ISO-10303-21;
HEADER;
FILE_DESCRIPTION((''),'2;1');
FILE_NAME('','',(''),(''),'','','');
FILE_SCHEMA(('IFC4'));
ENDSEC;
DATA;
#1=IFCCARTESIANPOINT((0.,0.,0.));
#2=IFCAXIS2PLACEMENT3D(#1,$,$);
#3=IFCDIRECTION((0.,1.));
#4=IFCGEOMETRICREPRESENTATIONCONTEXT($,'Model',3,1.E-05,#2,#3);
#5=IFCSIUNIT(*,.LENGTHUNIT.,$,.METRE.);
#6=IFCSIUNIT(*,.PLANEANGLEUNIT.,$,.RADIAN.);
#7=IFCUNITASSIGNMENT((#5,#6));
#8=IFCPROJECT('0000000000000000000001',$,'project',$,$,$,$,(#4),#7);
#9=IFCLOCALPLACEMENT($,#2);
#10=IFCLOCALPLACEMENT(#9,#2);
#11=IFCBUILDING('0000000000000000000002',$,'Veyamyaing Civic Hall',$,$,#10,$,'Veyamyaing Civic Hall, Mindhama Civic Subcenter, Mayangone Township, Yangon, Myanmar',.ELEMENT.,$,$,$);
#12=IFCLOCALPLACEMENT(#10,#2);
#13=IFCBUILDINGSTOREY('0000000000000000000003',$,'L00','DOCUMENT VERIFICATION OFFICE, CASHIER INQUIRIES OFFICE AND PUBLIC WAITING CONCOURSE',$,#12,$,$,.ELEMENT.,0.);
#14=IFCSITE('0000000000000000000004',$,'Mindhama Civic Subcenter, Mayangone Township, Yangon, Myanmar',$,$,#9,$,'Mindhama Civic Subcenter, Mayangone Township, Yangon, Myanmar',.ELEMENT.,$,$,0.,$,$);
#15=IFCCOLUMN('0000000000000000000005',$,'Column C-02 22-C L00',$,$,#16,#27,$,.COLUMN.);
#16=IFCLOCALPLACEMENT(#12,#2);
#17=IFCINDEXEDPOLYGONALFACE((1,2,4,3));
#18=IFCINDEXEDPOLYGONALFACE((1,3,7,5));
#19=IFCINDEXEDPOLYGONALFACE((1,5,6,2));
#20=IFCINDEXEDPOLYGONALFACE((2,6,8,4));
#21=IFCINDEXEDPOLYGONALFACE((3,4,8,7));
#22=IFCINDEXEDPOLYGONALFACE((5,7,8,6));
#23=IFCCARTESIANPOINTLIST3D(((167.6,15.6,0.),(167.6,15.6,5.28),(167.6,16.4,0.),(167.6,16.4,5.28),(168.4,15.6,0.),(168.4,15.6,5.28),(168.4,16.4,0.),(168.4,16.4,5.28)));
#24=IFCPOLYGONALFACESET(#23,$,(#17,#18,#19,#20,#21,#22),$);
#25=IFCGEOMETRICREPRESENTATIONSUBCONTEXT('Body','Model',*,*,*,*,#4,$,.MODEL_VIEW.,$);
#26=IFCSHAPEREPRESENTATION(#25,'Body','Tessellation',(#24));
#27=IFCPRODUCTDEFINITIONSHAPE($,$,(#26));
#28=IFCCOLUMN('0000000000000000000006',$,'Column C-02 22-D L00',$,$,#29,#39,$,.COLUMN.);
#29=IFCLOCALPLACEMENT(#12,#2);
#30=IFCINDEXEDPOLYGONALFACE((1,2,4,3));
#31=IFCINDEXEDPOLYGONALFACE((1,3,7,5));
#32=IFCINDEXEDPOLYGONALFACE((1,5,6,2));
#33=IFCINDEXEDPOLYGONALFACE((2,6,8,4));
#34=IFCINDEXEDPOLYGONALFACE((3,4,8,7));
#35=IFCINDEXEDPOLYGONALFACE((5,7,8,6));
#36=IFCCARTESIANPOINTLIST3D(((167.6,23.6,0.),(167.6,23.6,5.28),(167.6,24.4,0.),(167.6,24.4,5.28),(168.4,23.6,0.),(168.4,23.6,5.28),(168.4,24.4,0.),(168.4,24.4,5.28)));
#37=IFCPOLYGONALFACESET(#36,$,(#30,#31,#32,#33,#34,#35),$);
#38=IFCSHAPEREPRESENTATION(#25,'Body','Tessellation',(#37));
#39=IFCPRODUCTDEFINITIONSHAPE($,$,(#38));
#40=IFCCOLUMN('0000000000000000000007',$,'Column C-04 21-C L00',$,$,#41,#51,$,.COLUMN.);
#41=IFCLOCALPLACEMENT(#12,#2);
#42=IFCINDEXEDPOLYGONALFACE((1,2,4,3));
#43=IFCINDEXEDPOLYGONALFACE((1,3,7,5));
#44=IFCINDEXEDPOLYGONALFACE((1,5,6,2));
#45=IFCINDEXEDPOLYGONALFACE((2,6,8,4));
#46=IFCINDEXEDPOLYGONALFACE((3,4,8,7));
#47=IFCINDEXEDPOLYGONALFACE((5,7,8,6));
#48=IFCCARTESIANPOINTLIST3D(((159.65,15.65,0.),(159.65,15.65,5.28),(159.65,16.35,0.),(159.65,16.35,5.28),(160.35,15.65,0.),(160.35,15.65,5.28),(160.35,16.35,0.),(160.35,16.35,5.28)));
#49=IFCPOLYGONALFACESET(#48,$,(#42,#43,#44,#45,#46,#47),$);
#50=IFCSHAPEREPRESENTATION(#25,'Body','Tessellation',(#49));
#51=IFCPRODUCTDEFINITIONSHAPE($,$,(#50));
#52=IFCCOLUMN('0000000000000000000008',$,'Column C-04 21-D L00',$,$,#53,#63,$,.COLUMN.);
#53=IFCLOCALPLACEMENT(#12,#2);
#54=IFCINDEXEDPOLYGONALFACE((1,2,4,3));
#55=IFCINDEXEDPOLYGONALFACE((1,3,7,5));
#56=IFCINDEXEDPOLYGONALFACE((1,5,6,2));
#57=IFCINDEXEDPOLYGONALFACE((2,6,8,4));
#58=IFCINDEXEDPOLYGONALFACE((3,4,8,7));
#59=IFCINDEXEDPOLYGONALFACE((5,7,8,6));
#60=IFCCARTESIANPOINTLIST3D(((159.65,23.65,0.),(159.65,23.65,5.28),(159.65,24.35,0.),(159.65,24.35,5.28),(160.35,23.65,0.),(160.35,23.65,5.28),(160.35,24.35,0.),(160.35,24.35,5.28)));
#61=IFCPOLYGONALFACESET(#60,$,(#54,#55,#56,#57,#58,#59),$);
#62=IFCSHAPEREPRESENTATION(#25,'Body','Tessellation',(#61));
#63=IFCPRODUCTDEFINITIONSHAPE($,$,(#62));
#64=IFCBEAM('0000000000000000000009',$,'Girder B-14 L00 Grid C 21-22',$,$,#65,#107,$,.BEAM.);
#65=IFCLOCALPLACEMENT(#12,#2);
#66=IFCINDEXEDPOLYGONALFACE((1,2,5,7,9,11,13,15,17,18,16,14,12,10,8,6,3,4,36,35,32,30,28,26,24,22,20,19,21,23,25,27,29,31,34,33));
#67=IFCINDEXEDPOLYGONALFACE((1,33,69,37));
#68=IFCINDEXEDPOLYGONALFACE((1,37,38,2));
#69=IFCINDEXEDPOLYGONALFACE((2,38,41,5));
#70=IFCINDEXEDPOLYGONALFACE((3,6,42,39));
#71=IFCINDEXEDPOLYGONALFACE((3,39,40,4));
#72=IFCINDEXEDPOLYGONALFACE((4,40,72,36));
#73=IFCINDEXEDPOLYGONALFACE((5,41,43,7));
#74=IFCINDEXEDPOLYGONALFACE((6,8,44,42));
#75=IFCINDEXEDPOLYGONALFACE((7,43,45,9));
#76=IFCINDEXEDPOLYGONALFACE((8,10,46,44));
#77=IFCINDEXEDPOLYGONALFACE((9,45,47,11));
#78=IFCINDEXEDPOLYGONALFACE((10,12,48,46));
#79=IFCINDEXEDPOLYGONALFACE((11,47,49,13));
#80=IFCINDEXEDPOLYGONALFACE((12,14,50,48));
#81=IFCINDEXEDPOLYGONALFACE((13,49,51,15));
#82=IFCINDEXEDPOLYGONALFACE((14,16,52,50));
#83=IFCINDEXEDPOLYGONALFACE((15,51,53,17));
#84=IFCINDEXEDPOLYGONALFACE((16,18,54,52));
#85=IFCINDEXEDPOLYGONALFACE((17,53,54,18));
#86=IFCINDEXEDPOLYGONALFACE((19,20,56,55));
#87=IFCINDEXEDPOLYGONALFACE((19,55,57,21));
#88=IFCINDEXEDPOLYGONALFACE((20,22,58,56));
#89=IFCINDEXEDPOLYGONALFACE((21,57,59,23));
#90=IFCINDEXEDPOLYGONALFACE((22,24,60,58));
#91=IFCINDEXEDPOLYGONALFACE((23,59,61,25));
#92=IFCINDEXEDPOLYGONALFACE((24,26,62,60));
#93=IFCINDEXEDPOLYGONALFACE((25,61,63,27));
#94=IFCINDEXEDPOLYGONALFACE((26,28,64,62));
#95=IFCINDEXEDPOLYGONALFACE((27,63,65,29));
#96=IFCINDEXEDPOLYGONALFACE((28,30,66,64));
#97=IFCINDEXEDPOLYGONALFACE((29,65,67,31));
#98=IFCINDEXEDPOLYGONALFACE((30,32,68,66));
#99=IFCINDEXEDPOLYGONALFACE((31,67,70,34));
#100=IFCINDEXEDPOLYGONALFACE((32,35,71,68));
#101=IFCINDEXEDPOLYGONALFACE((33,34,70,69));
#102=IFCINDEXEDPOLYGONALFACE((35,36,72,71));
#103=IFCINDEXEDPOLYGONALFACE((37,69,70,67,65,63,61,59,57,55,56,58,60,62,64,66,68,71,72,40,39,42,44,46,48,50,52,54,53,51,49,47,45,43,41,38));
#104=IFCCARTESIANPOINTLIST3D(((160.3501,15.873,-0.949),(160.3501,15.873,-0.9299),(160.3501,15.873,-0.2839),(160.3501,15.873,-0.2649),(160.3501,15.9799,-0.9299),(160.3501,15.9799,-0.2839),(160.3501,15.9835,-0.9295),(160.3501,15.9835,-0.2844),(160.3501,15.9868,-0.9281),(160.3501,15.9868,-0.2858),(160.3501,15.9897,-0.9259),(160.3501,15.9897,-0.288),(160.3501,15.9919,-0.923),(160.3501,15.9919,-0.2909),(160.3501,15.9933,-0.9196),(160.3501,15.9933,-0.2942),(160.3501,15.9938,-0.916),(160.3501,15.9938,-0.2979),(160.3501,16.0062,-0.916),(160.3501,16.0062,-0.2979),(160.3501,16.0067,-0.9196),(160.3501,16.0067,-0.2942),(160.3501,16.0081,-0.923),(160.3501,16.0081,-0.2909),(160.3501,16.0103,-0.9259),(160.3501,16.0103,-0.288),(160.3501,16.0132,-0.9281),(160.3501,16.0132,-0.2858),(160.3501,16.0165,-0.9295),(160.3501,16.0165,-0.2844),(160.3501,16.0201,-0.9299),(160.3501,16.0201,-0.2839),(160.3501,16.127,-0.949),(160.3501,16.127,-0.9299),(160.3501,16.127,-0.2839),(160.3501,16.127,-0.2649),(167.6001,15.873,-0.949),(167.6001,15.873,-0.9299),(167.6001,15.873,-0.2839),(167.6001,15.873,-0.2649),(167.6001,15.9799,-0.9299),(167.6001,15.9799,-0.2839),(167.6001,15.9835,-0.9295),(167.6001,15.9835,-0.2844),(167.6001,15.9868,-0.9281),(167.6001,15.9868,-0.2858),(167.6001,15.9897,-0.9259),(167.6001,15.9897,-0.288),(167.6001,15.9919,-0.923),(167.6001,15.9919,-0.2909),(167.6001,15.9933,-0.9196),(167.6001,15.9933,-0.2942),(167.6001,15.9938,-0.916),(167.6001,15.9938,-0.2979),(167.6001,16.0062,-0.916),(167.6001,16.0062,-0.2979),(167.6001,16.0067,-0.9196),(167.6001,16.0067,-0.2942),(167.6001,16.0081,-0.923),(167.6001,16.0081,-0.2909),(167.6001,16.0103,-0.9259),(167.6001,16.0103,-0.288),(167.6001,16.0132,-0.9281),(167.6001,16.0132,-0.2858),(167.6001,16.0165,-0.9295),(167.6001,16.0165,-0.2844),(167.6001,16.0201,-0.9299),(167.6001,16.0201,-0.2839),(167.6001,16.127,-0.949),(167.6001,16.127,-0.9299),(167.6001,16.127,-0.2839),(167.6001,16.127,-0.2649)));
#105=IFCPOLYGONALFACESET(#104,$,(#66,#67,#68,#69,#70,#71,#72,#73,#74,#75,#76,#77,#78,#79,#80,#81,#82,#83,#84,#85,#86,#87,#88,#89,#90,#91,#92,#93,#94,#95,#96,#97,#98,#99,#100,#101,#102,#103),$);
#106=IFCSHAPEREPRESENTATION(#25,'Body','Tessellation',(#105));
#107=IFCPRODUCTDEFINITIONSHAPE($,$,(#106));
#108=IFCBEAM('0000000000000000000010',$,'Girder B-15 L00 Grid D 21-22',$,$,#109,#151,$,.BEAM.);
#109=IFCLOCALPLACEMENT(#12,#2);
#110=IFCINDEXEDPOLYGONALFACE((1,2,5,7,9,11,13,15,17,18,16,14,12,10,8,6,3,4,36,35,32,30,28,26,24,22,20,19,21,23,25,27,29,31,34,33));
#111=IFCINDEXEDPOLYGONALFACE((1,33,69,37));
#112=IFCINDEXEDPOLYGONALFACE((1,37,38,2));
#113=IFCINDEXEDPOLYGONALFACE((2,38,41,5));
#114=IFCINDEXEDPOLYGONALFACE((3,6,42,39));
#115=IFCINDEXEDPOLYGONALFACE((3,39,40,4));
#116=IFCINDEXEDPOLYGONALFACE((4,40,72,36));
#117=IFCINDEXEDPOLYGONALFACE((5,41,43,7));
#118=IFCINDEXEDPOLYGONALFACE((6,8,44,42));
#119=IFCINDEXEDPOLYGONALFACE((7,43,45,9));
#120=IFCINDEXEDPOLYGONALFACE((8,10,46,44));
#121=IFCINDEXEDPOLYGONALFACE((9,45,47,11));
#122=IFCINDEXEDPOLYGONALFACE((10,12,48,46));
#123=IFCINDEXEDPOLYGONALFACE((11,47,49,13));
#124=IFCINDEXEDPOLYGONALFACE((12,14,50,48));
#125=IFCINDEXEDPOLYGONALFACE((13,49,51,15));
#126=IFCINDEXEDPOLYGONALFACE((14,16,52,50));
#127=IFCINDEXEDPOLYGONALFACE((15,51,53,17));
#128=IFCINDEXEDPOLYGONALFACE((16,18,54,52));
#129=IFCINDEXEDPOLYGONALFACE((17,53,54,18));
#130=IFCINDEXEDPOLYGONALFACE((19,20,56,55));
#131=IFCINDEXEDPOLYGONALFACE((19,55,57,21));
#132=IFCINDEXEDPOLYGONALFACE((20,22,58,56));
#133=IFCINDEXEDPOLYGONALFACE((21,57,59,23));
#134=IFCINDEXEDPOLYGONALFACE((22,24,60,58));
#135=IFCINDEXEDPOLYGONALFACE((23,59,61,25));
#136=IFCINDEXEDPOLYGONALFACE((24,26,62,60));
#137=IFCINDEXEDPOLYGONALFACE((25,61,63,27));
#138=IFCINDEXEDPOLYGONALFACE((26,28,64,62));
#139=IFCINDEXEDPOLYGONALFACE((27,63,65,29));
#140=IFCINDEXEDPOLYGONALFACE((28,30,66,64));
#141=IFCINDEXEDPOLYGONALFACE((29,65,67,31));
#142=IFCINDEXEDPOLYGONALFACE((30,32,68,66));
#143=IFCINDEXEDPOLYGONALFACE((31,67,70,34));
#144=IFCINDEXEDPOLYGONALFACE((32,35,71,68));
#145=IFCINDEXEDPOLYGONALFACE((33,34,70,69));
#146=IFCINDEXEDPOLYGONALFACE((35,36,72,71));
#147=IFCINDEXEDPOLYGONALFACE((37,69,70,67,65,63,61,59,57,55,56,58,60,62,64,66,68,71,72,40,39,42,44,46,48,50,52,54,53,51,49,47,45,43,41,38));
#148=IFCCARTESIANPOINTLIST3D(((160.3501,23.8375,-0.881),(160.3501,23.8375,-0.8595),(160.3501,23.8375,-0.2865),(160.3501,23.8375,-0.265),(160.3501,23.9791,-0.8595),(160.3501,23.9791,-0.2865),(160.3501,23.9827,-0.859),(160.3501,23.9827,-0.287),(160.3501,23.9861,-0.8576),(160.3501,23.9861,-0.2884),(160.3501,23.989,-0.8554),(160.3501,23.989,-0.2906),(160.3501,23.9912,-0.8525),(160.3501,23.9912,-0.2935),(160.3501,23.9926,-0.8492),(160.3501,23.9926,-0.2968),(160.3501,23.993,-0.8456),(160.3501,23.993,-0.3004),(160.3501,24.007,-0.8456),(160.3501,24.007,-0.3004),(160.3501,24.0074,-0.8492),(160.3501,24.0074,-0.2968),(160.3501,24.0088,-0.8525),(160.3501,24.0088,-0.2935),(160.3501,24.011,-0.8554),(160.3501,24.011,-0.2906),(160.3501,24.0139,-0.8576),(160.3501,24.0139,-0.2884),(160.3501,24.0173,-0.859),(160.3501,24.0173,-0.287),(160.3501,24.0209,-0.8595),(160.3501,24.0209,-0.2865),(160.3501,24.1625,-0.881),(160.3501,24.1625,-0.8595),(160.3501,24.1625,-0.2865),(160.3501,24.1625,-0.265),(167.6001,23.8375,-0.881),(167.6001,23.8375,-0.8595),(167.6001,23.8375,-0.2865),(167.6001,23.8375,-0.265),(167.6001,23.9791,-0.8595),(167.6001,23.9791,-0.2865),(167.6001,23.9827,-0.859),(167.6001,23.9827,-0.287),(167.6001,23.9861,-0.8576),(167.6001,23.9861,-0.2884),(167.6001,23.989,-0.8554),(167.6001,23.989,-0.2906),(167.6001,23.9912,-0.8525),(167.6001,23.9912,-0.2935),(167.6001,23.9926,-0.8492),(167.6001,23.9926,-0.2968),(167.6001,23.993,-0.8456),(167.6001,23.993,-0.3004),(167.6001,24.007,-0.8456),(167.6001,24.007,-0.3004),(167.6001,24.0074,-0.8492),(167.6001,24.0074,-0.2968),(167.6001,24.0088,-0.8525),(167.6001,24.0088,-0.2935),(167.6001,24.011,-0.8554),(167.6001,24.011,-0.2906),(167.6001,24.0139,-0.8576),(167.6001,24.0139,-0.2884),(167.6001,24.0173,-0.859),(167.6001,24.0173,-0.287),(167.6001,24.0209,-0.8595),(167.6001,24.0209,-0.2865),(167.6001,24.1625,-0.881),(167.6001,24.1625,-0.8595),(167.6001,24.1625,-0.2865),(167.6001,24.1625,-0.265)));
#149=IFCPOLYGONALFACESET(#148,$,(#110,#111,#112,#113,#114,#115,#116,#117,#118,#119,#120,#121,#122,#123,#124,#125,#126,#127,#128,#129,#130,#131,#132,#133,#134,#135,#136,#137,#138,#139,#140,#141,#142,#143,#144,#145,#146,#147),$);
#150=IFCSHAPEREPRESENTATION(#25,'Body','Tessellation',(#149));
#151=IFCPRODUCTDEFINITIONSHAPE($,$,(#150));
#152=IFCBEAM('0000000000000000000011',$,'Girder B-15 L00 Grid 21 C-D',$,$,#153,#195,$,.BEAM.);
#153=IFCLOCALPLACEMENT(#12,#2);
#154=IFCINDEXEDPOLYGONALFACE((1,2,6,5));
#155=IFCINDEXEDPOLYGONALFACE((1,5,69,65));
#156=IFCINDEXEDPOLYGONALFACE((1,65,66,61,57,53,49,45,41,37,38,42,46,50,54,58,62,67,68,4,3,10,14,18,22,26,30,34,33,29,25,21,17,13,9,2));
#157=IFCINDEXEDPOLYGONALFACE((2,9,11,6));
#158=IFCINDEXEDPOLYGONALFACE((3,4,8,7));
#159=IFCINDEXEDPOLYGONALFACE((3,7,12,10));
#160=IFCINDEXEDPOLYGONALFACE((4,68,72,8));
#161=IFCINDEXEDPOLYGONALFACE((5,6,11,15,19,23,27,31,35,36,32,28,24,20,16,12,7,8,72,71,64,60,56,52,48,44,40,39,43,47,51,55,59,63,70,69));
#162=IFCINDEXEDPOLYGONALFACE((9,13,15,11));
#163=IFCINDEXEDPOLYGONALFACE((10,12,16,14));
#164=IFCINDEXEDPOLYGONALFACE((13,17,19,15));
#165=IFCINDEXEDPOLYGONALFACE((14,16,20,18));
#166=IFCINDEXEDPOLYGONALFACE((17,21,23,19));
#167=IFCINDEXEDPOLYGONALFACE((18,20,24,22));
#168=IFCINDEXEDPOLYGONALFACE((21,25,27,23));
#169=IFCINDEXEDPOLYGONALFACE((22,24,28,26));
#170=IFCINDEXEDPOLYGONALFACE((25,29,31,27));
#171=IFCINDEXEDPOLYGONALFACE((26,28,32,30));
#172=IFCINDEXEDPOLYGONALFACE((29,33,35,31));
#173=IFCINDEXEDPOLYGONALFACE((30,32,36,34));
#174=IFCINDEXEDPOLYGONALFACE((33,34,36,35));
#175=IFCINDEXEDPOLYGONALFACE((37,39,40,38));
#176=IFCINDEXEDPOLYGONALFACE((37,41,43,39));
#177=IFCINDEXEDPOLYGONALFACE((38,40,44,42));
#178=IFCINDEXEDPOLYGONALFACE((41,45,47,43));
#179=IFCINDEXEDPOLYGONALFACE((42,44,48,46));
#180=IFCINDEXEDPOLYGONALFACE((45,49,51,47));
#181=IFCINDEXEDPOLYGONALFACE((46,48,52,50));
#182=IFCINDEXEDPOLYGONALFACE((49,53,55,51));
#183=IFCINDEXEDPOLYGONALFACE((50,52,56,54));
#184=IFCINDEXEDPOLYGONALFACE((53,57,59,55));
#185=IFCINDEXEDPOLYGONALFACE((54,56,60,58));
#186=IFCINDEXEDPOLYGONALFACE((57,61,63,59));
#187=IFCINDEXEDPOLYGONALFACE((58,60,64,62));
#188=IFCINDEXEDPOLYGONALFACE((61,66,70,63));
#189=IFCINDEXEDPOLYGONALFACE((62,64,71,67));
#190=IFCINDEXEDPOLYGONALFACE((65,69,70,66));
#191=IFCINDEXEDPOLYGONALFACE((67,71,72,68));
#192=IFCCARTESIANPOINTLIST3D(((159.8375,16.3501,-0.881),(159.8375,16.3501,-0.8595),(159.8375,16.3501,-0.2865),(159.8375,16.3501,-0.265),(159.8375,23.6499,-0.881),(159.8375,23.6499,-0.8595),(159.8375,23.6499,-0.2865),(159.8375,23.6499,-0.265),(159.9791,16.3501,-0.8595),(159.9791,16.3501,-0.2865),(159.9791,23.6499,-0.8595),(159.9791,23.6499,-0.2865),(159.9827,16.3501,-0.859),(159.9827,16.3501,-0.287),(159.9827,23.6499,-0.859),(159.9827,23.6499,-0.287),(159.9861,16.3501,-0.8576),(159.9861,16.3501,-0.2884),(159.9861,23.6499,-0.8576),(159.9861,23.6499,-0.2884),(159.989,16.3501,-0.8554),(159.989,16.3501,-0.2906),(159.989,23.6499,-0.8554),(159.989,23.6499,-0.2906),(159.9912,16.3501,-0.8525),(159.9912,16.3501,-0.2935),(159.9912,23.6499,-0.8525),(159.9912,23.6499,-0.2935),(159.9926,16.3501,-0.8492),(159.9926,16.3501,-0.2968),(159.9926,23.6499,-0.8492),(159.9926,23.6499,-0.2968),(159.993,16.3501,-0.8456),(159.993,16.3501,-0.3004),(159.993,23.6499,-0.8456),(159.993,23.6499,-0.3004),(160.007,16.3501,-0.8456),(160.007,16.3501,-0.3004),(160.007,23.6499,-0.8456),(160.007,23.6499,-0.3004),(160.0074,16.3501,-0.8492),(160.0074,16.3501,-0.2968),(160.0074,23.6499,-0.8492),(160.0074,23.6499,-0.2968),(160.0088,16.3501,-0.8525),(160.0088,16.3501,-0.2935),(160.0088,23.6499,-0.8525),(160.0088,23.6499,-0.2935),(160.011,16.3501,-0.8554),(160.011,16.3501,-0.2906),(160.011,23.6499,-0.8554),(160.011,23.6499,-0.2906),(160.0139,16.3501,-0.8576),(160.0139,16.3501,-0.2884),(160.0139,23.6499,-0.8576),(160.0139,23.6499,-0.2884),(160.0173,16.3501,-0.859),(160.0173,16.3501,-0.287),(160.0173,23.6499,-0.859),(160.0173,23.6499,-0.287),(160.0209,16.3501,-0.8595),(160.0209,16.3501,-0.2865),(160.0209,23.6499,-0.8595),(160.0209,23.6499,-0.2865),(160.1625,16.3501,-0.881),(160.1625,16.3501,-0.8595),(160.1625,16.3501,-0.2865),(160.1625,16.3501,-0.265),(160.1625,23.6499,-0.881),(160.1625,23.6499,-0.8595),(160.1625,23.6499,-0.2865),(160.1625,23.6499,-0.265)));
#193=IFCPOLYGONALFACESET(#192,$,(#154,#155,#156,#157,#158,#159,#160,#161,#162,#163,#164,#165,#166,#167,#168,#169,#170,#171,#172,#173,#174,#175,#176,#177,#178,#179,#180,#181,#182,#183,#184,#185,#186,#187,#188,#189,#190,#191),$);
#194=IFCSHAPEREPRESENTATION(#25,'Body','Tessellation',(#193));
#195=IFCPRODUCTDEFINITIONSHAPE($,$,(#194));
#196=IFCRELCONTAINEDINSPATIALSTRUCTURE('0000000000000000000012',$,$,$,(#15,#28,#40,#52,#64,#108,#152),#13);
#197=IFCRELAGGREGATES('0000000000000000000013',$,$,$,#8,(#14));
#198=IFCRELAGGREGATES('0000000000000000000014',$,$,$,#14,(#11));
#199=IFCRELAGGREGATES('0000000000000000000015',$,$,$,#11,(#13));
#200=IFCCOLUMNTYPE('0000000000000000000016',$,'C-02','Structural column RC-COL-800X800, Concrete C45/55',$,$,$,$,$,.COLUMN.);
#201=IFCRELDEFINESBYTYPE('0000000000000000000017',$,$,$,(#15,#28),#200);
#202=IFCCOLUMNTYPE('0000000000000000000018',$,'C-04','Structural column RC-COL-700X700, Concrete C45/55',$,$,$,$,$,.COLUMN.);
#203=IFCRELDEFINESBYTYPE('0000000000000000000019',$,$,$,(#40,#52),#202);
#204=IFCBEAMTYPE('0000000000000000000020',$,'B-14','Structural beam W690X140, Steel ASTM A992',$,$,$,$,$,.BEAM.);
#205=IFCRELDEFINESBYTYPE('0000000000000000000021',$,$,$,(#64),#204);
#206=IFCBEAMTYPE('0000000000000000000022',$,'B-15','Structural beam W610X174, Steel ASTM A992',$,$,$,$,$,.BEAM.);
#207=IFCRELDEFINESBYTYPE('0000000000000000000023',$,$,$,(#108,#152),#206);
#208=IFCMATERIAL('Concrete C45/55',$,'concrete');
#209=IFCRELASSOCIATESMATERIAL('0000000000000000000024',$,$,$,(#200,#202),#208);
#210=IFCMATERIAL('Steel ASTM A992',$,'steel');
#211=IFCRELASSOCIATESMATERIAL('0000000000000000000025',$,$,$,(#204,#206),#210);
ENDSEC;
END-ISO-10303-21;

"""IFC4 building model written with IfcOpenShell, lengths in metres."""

from ifc_helpers import new_model, si_unit, direction, frame, origin, origin_2d, place, context, subcontext, project, spatial, rectangle, i_section, extrude, material, material_profile, profile_set, type_object, element, save


model = new_model("IFC4")

# Units and contexts
model_context = context("Model", 3, precision=1e-05, world=origin(), true_north=direction((0.0, 1.0)))
body_context = subcontext(model_context, "Body", "Model", "MODEL_VIEW")
ifc_project = project(units=[si_unit("LENGTHUNIT", "METRE"), si_unit("PLANEANGLEUNIT", "RADIAN")], contexts=[model_context])

# Site, building, storey
site_placement = place(None, origin())
site = spatial("IfcSite", under=ifc_project, at=site_placement, Name="Mindhama Civic Subcenter, Mayangone Township, Yangon, Myanmar", LongName="Mindhama Civic Subcenter, Mayangone Township, Yangon, Myanmar", CompositionType="ELEMENT", RefElevation=0.0)
building_placement = place(site_placement, origin())
building = spatial("IfcBuilding", under=site, at=building_placement, Name="Veyamyaing Civic Hall", LongName="Veyamyaing Civic Hall, Mindhama Civic Subcenter, Mayangone Township, Yangon, Myanmar", CompositionType="ELEMENT")
storey_placement = place(building_placement, origin())
storey = spatial("IfcBuildingStorey", under=building, at=storey_placement, Name="L00", Description="DOCUMENT VERIFICATION OFFICE, CASHIER INQUIRIES OFFICE AND PUBLIC WAITING CONCOURSE", CompositionType="ELEMENT", Elevation=0.0)

# Columns
ifc_material_1 = material(Name="Concrete C45/55", Category="concrete")
ifc_material_profile_1 = material_profile(ifc_material_1, rectangle(XDim=0.8, YDim=0.8, at=origin_2d()), Name="RC-COL-800X800")
ifc_profile_set_1 = profile_set([ifc_material_profile_1], Name="Concrete C45/55")
column_type_1 = type_object("IfcColumnType", Name="C-02", Description="Structural column RC-COL-800X800, Concrete C45/55", PredefinedType="COLUMN", material=ifc_profile_set_1)
for number, where, z_axis, x_axis, name in (
    (1, (168.0, 16.0, 0.0), (0.0, 0.0, 1.0), (1.0, 0.0, 0.0), "Column C-02 22-C L00"),
    (2, (168.0, 24.0, 0.0), (0.0, 0.0, 1.0), (1.0, 0.0, 0.0), "Column C-02 22-D L00"),
):
    element("IfcColumn", number, at=place(storey_placement, frame(where, z_axis=z_axis, x_axis=x_axis)), inside=storey, type_object=column_type_1, Name=name, PredefinedType="COLUMN", context=body_context, shape_type="SweptSolid", body=[
        extrude(rectangle(XDim=0.8, YDim=0.8, at=origin_2d()), origin(), (0.0, 0.0, 1.0), 5.28),
    ])
ifc_material_profile_2 = material_profile(ifc_material_1, rectangle(XDim=0.7, YDim=0.7, at=origin_2d()), Name="RC-COL-700X700")
ifc_profile_set_2 = profile_set([ifc_material_profile_2], Name="Concrete C45/55")
column_type_2 = type_object("IfcColumnType", Name="C-04", Description="Structural column RC-COL-700X700, Concrete C45/55", PredefinedType="COLUMN", material=ifc_profile_set_2)
for number, where, z_axis, x_axis, name in (
    (3, (160.0, 16.0, 0.0), (0.0, 0.0, 1.0), (1.0, 0.0, 0.0), "Column C-04 21-C L00"),
    (4, (160.0, 24.0, 0.0), (0.0, 0.0, 1.0), (1.0, 0.0, 0.0), "Column C-04 21-D L00"),
):
    element("IfcColumn", number, at=place(storey_placement, frame(where, z_axis=z_axis, x_axis=x_axis)), inside=storey, type_object=column_type_2, Name=name, PredefinedType="COLUMN", context=body_context, shape_type="SweptSolid", body=[
        extrude(rectangle(XDim=0.7, YDim=0.7, at=origin_2d()), origin(), (0.0, 0.0, 1.0), 5.28),
    ])

# Beams
ifc_material_2 = material(Name="Steel ASTM A992", Category="steel")
ifc_material_profile_3 = material_profile(ifc_material_2, i_section(OverallWidth=0.2539, OverallDepth=0.6841, WebThickness=0.0125, FlangeThickness=0.019, FilletRadius=0.0139, at=origin_2d()), Name="W690X140")
ifc_profile_set_3 = profile_set([ifc_material_profile_3], Name="Steel ASTM A992")
beam_type_1 = type_object("IfcBeamType", Name="B-14", Description="Structural beam W690X140, Steel ASTM A992", PredefinedType="BEAM", material=ifc_profile_set_3)
beam_1_placement = place(storey_placement, frame((160.3501, 16.0, -0.6069), z_axis=(1.0, 0.0, 0.0), x_axis=(0.0, 1.0, 0.0)))
element("IfcBeam", 5, at=beam_1_placement, inside=storey, type_object=beam_type_1, Name="Girder B-14 L00 Grid C 21-22", PredefinedType="BEAM", context=body_context, shape_type="SweptSolid", body=[
    extrude(i_section(OverallWidth=0.2539, OverallDepth=0.6841, WebThickness=0.0125, FlangeThickness=0.019, FilletRadius=0.0139, at=origin_2d()), origin(), (0.0, 0.0, 1.0), 7.25),
])
ifc_material_profile_4 = material_profile(ifc_material_2, i_section(OverallWidth=0.325, OverallDepth=0.616, WebThickness=0.0139, FlangeThickness=0.0215, FilletRadius=0.0139, at=origin_2d()), Name="W610X174")
ifc_profile_set_4 = profile_set([ifc_material_profile_4], Name="Steel ASTM A992")
beam_type_2 = type_object("IfcBeamType", Name="B-15", Description="Structural beam W610X174, Steel ASTM A992", PredefinedType="BEAM", material=ifc_profile_set_4)
beam_2_placement = place(storey_placement, frame((160.3501, 24.0, -0.573), z_axis=(1.0, 0.0, 0.0), x_axis=(0.0, 1.0, 0.0)))
element("IfcBeam", 6, at=beam_2_placement, inside=storey, type_object=beam_type_2, Name="Girder B-15 L00 Grid D 21-22", PredefinedType="BEAM", context=body_context, shape_type="SweptSolid", body=[
    extrude(i_section(OverallWidth=0.325, OverallDepth=0.616, WebThickness=0.0139, FlangeThickness=0.0215, FilletRadius=0.0139, at=origin_2d()), origin(), (0.0, 0.0, 1.0), 7.25),
])
beam_3_placement = place(storey_placement, frame((160.0, 16.3501, -0.573), z_axis=(0.0, 1.0, 0.0), x_axis=(-1.0, 0.0, 0.0)))
element("IfcBeam", 7, at=beam_3_placement, inside=storey, type_object=beam_type_2, Name="Girder B-15 L00 Grid 21 C-D", PredefinedType="BEAM", context=body_context, shape_type="SweptSolid", body=[
    extrude(i_section(OverallWidth=0.325, OverallDepth=0.616, WebThickness=0.0139, FlangeThickness=0.0215, FilletRadius=0.0139, at=origin_2d()), origin(), (0.0, 0.0, 1.0), 7.2998),
])

save(model, "model.ifc")
